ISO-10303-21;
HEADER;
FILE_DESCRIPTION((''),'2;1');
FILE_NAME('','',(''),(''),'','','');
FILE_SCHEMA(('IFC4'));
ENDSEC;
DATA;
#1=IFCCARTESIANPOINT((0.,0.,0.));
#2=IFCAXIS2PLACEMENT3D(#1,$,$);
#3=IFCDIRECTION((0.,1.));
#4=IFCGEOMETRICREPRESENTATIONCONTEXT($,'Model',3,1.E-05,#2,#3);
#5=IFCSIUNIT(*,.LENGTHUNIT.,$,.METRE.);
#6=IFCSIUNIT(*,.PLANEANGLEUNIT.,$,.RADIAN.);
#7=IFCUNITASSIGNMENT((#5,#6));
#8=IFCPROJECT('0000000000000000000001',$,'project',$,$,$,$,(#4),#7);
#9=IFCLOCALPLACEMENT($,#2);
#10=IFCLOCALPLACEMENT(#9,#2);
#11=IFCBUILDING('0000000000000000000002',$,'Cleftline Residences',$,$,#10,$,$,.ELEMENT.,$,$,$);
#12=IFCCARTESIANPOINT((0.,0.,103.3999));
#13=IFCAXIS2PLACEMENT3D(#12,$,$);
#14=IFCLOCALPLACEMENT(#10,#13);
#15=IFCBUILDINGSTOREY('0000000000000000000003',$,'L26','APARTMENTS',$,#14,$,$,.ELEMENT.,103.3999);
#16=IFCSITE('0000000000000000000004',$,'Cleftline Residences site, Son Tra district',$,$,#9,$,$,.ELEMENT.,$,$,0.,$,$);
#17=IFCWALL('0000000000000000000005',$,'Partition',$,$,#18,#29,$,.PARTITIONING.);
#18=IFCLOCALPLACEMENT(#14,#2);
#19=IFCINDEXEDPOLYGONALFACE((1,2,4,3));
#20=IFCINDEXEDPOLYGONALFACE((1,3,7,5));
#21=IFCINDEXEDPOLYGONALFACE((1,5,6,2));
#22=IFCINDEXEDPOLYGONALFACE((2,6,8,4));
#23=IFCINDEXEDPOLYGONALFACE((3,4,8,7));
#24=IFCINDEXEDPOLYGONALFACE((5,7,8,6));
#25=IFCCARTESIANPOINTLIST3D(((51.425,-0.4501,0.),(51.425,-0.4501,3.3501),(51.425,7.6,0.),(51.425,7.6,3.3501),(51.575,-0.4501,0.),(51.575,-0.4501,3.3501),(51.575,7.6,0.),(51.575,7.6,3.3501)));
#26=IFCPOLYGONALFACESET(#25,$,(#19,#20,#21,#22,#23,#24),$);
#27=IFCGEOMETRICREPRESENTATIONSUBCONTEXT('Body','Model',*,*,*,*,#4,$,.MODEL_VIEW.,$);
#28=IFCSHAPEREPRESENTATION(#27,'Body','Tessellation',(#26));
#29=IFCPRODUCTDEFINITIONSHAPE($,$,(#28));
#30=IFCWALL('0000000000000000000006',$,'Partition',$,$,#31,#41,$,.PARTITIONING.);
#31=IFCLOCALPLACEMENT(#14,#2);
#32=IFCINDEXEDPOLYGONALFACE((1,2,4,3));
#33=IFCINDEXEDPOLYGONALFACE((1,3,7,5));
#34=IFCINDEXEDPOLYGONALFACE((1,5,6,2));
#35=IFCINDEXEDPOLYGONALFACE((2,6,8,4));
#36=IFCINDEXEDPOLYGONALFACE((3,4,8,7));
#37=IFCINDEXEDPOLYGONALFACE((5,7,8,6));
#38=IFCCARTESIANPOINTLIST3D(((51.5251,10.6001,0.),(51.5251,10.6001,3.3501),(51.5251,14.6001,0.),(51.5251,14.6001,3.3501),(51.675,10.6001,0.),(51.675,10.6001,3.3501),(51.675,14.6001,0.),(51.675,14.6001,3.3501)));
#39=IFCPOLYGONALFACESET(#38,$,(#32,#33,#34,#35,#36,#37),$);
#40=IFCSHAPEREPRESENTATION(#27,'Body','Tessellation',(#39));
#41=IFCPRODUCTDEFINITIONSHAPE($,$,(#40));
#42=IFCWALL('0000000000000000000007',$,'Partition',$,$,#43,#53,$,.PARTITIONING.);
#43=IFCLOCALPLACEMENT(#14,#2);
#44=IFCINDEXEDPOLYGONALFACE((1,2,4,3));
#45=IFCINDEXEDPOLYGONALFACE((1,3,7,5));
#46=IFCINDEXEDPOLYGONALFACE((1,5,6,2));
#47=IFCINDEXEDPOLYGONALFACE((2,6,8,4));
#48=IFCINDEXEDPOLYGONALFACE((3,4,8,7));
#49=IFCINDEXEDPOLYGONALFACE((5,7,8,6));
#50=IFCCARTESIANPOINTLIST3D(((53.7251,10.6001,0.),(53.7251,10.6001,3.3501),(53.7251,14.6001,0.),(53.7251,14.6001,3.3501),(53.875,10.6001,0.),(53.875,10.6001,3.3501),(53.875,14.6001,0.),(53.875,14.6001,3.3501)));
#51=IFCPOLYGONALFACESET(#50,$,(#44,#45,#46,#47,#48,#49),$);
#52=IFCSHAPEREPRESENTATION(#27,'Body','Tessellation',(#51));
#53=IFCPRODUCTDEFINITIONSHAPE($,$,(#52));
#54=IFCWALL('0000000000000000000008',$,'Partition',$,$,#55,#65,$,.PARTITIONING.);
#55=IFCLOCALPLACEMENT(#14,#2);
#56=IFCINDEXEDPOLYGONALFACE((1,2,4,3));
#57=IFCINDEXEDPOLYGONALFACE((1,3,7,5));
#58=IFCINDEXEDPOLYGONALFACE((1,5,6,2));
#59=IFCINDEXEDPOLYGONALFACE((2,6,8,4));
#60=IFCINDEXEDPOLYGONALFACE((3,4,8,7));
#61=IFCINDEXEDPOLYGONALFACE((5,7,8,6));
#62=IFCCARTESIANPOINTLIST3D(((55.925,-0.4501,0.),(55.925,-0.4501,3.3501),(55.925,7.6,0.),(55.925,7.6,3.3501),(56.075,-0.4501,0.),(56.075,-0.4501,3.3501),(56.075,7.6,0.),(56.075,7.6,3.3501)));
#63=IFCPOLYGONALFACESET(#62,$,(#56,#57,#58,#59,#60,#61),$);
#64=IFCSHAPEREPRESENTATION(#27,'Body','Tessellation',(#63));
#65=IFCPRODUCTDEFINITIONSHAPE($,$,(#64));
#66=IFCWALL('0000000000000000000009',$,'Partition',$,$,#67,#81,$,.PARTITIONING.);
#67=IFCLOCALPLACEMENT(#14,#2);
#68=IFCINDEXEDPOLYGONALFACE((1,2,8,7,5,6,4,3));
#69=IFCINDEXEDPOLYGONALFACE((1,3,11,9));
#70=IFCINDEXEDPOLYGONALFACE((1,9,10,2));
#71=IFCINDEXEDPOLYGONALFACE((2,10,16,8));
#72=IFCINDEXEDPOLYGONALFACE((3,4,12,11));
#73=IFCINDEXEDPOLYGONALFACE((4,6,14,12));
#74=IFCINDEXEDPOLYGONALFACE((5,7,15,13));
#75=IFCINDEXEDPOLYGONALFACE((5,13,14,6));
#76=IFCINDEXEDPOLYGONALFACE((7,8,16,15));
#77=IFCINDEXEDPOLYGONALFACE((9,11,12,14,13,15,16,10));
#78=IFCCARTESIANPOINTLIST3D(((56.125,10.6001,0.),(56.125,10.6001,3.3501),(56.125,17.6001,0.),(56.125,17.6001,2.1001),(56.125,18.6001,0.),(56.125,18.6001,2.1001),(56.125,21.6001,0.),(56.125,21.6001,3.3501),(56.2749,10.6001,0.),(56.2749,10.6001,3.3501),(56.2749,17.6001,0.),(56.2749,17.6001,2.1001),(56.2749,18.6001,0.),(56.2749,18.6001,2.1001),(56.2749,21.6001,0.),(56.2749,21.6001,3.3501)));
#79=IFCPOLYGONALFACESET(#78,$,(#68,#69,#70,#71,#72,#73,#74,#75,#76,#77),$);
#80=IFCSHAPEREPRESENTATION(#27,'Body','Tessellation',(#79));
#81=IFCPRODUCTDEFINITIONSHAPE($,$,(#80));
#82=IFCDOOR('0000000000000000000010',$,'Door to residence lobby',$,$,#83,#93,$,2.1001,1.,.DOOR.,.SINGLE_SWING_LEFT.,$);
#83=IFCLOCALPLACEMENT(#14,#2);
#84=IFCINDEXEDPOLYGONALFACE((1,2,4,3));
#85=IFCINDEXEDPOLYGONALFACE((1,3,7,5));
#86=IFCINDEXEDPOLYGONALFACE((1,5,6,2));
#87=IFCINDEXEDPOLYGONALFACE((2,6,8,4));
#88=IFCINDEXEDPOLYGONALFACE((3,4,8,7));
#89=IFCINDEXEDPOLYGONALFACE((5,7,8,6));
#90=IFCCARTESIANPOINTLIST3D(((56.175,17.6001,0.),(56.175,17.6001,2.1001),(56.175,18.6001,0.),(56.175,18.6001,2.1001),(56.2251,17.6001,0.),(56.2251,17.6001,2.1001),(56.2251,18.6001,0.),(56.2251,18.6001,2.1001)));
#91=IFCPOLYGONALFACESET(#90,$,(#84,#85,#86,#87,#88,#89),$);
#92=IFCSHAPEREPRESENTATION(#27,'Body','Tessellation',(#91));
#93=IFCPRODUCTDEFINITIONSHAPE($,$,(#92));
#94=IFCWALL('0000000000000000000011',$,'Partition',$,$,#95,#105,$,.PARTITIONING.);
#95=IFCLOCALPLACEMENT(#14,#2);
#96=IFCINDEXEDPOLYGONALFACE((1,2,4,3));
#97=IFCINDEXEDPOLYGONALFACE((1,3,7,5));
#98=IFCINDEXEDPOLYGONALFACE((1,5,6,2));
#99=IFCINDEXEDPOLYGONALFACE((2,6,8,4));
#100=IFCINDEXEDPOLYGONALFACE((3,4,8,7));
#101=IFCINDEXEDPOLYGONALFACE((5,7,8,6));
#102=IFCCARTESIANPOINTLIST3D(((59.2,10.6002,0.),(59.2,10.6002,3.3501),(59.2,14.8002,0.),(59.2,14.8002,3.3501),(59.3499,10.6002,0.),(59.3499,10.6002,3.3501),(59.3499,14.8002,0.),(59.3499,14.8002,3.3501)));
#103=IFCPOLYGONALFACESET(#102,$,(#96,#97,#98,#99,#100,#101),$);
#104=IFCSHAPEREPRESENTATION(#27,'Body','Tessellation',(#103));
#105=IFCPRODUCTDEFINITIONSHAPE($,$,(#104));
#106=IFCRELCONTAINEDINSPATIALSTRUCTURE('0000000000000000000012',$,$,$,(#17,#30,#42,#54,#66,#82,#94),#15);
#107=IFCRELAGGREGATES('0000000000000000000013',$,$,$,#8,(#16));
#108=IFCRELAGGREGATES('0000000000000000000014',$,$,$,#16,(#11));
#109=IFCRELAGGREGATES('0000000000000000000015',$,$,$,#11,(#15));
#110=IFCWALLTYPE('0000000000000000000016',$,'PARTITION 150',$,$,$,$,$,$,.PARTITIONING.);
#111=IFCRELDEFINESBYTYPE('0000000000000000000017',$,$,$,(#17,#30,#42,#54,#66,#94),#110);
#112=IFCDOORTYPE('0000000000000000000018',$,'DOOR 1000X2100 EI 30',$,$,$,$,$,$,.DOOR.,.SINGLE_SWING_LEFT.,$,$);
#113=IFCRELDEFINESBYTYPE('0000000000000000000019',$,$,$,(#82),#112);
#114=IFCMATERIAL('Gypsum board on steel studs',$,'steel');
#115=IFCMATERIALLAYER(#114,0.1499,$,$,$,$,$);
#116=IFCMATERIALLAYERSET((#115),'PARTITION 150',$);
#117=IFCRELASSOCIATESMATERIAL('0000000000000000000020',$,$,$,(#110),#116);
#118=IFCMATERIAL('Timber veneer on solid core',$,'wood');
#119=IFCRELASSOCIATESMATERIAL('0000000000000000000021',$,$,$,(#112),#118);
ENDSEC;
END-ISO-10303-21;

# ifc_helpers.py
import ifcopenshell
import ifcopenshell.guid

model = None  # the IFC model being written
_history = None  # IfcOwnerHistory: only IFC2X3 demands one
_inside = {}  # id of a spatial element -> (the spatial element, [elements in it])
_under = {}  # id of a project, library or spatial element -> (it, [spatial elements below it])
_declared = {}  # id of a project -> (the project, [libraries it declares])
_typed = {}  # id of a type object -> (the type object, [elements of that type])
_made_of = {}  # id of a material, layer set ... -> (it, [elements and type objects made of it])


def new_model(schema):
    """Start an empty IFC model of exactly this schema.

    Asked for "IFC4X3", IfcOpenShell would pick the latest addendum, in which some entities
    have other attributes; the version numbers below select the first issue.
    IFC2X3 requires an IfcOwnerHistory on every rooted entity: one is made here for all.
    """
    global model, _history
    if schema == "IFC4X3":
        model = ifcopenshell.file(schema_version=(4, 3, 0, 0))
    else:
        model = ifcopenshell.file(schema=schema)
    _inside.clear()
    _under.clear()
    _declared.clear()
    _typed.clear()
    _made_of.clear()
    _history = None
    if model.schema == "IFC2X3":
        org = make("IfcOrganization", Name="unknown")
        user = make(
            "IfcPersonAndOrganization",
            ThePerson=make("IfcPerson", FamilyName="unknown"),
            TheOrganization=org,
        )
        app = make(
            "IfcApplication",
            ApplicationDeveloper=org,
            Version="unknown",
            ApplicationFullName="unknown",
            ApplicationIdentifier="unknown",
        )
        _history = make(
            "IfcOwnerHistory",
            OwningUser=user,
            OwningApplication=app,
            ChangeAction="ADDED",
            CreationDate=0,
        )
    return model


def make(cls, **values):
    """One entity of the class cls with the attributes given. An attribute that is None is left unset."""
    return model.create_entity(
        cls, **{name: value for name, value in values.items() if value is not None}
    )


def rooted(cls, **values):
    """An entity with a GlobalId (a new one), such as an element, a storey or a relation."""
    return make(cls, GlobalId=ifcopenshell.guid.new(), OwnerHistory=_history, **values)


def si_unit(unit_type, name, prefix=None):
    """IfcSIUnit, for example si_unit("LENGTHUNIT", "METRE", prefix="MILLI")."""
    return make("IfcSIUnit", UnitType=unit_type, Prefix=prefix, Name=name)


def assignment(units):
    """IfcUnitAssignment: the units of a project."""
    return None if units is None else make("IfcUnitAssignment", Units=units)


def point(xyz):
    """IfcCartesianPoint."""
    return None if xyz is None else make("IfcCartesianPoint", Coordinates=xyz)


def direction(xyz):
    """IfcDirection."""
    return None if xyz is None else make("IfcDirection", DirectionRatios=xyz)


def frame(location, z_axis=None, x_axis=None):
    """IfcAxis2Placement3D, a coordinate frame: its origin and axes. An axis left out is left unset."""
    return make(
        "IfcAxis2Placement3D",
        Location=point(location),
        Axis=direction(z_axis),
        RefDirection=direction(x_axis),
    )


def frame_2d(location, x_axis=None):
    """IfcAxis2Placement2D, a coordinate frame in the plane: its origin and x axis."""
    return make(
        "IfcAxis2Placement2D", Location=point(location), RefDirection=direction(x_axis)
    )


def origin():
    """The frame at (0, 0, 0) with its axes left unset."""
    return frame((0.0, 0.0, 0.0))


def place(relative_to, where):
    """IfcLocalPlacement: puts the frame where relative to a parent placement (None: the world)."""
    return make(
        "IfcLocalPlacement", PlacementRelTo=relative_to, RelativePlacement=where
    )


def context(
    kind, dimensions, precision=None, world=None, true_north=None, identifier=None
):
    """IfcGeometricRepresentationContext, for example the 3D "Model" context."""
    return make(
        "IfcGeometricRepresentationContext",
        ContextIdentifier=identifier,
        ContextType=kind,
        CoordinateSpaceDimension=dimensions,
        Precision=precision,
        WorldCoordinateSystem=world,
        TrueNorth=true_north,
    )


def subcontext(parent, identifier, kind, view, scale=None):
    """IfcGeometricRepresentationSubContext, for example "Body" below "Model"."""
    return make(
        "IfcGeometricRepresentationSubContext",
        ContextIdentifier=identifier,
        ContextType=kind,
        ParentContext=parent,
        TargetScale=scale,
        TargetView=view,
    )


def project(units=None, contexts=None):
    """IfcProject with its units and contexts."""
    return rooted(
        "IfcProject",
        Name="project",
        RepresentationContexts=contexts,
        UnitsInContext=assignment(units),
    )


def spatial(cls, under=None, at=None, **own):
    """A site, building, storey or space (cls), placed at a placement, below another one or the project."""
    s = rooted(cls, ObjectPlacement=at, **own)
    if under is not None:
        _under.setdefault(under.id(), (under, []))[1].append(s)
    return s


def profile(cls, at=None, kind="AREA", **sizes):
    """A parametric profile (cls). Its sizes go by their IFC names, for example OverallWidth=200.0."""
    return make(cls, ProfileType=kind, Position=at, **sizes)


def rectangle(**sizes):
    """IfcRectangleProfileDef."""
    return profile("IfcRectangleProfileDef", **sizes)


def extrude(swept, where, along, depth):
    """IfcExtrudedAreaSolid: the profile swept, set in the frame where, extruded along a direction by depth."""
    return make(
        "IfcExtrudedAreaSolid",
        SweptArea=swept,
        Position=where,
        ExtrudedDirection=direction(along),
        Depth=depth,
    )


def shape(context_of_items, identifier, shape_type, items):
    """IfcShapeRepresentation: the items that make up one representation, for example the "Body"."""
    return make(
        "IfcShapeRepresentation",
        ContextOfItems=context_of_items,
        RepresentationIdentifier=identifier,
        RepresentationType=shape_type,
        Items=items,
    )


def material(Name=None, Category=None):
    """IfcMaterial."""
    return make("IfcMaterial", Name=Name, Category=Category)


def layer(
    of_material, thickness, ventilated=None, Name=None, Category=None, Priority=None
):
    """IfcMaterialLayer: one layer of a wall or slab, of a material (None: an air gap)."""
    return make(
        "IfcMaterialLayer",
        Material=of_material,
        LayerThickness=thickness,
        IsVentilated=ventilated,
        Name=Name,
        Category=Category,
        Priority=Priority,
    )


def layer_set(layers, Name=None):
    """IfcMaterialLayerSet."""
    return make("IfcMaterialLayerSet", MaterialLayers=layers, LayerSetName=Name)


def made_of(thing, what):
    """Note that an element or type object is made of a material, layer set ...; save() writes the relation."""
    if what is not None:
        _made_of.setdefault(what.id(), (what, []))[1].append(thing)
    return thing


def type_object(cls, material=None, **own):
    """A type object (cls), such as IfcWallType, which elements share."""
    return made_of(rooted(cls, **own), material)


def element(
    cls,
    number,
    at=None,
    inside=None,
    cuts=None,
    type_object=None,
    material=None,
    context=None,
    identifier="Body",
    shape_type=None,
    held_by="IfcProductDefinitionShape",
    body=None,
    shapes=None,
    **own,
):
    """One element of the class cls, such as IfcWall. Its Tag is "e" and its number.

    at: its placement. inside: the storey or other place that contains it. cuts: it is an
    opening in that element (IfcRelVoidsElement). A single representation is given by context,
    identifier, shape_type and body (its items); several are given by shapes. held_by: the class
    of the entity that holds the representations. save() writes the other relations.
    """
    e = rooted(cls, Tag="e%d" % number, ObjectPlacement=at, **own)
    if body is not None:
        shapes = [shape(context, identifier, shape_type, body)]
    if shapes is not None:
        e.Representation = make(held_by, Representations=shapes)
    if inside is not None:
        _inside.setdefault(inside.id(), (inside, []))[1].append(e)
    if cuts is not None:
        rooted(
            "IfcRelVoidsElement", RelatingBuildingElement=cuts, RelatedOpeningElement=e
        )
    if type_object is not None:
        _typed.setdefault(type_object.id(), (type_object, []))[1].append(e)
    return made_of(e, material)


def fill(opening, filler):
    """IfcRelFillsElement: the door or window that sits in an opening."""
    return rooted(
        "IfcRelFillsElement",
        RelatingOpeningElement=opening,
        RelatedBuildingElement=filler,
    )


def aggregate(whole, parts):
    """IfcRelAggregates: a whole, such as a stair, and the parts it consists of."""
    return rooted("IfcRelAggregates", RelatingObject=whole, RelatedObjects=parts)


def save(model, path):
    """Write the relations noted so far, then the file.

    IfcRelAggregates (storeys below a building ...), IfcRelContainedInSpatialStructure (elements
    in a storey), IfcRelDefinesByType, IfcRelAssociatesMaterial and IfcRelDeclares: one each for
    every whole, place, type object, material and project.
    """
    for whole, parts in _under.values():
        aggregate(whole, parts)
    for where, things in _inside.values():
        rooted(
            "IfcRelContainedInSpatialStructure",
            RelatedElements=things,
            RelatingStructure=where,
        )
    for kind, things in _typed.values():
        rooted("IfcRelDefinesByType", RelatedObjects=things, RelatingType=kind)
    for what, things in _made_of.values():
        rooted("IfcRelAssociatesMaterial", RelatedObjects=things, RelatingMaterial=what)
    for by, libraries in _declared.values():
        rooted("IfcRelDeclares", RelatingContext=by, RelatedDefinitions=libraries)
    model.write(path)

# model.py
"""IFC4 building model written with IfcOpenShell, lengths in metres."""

from ifc_helpers import new_model, si_unit, direction, frame, frame_2d, origin, place, context, subcontext, project, spatial, rectangle, extrude, material, layer, layer_set, type_object, element, fill, save


model = new_model("IFC4")

# Units and contexts
model_context = context("Model", 3, precision=1e-05, world=origin(), true_north=direction((0.0, 1.0)))
body_context = subcontext(model_context, "Body", "Model", "MODEL_VIEW")
ifc_project = project(units=[si_unit("LENGTHUNIT", "METRE"), si_unit("PLANEANGLEUNIT", "RADIAN")], contexts=[model_context])

# Site, building, storey
site_placement = place(None, origin())
site = spatial("IfcSite", under=ifc_project, at=site_placement, Name="Cleftline Residences site, Son Tra district", CompositionType="ELEMENT", RefElevation=0.0)
building_placement = place(site_placement, origin())
building = spatial("IfcBuilding", under=site, at=building_placement, Name="Cleftline Residences", CompositionType="ELEMENT")
storey_placement = place(building_placement, frame((0.0, 0.0, 103.3999)))
storey = spatial("IfcBuildingStorey", under=building, at=storey_placement, Name="L26", Description="APARTMENTS", CompositionType="ELEMENT", Elevation=103.3999)

# Shared definitions
ifc_material_1 = material(Name="Gypsum board on steel studs", Category="steel")
ifc_layer_1 = layer(ifc_material_1, 0.1499)
ifc_layer_set_1 = layer_set([ifc_layer_1], Name="PARTITION 150")
wall_type_1 = type_object("IfcWallType", Name="PARTITION 150", PredefinedType="PARTITIONING", material=ifc_layer_set_1)

# Walls
wall_1_placement = place(storey_placement, frame((51.5, -0.45, 0.0), z_axis=(0.0, 0.0, 1.0), x_axis=(0.0, 1.0, 0.0)))
element("IfcWall", 1, at=wall_1_placement, inside=storey, type_object=wall_type_1, Name="Partition", PredefinedType="PARTITIONING", context=body_context, shape_type="SweptSolid", body=[
    extrude(rectangle(XDim=8.05, YDim=0.1499, at=frame_2d((4.0249, 0.0))), origin(), (0.0, 0.0, 1.0), 3.3501),
])
for number, where, z_axis, x_axis, name in (
    (2, (51.6001, 10.6001, 0.0), (0.0, 0.0, 1.0), (0.0, 1.0, 0.0), "Partition"),
    (3, (53.8, 10.6001, 0.0), (0.0, 0.0, 1.0), (0.0, 1.0, 0.0), "Partition"),
):
    element("IfcWall", number, at=place(storey_placement, frame(where, z_axis=z_axis, x_axis=x_axis)), inside=storey, type_object=wall_type_1, Name=name, PredefinedType="PARTITIONING", context=body_context, shape_type="SweptSolid", body=[
        extrude(rectangle(XDim=4.0, YDim=0.1499, at=frame_2d((2.0, 0.0))), origin(), (0.0, 0.0, 1.0), 3.3501),
    ])
wall_2_placement = place(storey_placement, frame((56.0, -0.45, 0.0), z_axis=(0.0, 0.0, 1.0), x_axis=(0.0, 1.0, 0.0)))
element("IfcWall", 4, at=wall_2_placement, inside=storey, type_object=wall_type_1, Name="Partition", PredefinedType="PARTITIONING", context=body_context, shape_type="SweptSolid", body=[
    extrude(rectangle(XDim=8.05, YDim=0.1499, at=frame_2d((4.0249, 0.0))), origin(), (0.0, 0.0, 1.0), 3.3501),
])

# Wall, opening, door
wall_3_placement = place(storey_placement, frame((56.2, 10.6001, 0.0), z_axis=(0.0, 0.0, 1.0), x_axis=(0.0, 1.0, 0.0)))
wall_3 = element("IfcWall", 5, at=wall_3_placement, inside=storey, type_object=wall_type_1, Name="Partition", PredefinedType="PARTITIONING", context=body_context, shape_type="SweptSolid", body=[
    extrude(rectangle(XDim=11.0, YDim=0.1499, at=frame_2d((5.5, 0.0))), origin(), (0.0, 0.0, 1.0), 3.3501),
])
opening_1_placement = place(wall_3_placement, frame((7.0, 0.0, 0.0)))
opening_1 = element("IfcOpeningElement", 6, at=opening_1_placement, cuts=wall_3, PredefinedType="OPENING", context=body_context, shape_type="SweptSolid", body=[
    extrude(rectangle(XDim=1.0, YDim=2.1001, at=frame_2d((0.5, 1.05))), frame((0.0, 0.085, 0.0), z_axis=(0.0, -1.0, 0.0), x_axis=(1.0, 0.0, 0.0)), (0.0, 0.0, 1.0), 0.1699),
])
ifc_material_2 = material(Name="Timber veneer on solid core", Category="wood")
door_type_1 = type_object("IfcDoorType", Name="DOOR 1000X2100 EI 30", OperationType="SINGLE_SWING_LEFT", PredefinedType="DOOR", material=ifc_material_2)
door_1_placement = place(opening_1_placement, origin())
door_1 = element("IfcDoor", 7, at=door_1_placement, inside=storey, type_object=door_type_1, Name="Door to residence lobby", OperationType="SINGLE_SWING_LEFT", OverallHeight=2.1001, OverallWidth=1.0, PredefinedType="DOOR", context=body_context, shape_type="SweptSolid", body=[
    extrude(rectangle(XDim=1.0, YDim=2.1001, at=frame_2d((0.5, 1.05))), frame((0.0, 0.0249, 0.0), z_axis=(0.0, -1.0, 0.0), x_axis=(1.0, 0.0, 0.0)), (0.0, 0.0, 1.0), 0.05),
])
fill(opening_1, door_1)

# Wall
wall_4_placement = place(storey_placement, frame((59.2749, 10.6001, 0.0), z_axis=(0.0, 0.0, 1.0), x_axis=(0.0, 1.0, 0.0)))
element("IfcWall", 8, at=wall_4_placement, inside=storey, type_object=wall_type_1, Name="Partition", PredefinedType="PARTITIONING", context=body_context, shape_type="SweptSolid", body=[
    extrude(rectangle(XDim=4.2, YDim=0.1499, at=frame_2d((2.1001, 0.0))), origin(), (0.0, 0.0, 1.0), 3.3501),
])

save(model, "model.ifc")
